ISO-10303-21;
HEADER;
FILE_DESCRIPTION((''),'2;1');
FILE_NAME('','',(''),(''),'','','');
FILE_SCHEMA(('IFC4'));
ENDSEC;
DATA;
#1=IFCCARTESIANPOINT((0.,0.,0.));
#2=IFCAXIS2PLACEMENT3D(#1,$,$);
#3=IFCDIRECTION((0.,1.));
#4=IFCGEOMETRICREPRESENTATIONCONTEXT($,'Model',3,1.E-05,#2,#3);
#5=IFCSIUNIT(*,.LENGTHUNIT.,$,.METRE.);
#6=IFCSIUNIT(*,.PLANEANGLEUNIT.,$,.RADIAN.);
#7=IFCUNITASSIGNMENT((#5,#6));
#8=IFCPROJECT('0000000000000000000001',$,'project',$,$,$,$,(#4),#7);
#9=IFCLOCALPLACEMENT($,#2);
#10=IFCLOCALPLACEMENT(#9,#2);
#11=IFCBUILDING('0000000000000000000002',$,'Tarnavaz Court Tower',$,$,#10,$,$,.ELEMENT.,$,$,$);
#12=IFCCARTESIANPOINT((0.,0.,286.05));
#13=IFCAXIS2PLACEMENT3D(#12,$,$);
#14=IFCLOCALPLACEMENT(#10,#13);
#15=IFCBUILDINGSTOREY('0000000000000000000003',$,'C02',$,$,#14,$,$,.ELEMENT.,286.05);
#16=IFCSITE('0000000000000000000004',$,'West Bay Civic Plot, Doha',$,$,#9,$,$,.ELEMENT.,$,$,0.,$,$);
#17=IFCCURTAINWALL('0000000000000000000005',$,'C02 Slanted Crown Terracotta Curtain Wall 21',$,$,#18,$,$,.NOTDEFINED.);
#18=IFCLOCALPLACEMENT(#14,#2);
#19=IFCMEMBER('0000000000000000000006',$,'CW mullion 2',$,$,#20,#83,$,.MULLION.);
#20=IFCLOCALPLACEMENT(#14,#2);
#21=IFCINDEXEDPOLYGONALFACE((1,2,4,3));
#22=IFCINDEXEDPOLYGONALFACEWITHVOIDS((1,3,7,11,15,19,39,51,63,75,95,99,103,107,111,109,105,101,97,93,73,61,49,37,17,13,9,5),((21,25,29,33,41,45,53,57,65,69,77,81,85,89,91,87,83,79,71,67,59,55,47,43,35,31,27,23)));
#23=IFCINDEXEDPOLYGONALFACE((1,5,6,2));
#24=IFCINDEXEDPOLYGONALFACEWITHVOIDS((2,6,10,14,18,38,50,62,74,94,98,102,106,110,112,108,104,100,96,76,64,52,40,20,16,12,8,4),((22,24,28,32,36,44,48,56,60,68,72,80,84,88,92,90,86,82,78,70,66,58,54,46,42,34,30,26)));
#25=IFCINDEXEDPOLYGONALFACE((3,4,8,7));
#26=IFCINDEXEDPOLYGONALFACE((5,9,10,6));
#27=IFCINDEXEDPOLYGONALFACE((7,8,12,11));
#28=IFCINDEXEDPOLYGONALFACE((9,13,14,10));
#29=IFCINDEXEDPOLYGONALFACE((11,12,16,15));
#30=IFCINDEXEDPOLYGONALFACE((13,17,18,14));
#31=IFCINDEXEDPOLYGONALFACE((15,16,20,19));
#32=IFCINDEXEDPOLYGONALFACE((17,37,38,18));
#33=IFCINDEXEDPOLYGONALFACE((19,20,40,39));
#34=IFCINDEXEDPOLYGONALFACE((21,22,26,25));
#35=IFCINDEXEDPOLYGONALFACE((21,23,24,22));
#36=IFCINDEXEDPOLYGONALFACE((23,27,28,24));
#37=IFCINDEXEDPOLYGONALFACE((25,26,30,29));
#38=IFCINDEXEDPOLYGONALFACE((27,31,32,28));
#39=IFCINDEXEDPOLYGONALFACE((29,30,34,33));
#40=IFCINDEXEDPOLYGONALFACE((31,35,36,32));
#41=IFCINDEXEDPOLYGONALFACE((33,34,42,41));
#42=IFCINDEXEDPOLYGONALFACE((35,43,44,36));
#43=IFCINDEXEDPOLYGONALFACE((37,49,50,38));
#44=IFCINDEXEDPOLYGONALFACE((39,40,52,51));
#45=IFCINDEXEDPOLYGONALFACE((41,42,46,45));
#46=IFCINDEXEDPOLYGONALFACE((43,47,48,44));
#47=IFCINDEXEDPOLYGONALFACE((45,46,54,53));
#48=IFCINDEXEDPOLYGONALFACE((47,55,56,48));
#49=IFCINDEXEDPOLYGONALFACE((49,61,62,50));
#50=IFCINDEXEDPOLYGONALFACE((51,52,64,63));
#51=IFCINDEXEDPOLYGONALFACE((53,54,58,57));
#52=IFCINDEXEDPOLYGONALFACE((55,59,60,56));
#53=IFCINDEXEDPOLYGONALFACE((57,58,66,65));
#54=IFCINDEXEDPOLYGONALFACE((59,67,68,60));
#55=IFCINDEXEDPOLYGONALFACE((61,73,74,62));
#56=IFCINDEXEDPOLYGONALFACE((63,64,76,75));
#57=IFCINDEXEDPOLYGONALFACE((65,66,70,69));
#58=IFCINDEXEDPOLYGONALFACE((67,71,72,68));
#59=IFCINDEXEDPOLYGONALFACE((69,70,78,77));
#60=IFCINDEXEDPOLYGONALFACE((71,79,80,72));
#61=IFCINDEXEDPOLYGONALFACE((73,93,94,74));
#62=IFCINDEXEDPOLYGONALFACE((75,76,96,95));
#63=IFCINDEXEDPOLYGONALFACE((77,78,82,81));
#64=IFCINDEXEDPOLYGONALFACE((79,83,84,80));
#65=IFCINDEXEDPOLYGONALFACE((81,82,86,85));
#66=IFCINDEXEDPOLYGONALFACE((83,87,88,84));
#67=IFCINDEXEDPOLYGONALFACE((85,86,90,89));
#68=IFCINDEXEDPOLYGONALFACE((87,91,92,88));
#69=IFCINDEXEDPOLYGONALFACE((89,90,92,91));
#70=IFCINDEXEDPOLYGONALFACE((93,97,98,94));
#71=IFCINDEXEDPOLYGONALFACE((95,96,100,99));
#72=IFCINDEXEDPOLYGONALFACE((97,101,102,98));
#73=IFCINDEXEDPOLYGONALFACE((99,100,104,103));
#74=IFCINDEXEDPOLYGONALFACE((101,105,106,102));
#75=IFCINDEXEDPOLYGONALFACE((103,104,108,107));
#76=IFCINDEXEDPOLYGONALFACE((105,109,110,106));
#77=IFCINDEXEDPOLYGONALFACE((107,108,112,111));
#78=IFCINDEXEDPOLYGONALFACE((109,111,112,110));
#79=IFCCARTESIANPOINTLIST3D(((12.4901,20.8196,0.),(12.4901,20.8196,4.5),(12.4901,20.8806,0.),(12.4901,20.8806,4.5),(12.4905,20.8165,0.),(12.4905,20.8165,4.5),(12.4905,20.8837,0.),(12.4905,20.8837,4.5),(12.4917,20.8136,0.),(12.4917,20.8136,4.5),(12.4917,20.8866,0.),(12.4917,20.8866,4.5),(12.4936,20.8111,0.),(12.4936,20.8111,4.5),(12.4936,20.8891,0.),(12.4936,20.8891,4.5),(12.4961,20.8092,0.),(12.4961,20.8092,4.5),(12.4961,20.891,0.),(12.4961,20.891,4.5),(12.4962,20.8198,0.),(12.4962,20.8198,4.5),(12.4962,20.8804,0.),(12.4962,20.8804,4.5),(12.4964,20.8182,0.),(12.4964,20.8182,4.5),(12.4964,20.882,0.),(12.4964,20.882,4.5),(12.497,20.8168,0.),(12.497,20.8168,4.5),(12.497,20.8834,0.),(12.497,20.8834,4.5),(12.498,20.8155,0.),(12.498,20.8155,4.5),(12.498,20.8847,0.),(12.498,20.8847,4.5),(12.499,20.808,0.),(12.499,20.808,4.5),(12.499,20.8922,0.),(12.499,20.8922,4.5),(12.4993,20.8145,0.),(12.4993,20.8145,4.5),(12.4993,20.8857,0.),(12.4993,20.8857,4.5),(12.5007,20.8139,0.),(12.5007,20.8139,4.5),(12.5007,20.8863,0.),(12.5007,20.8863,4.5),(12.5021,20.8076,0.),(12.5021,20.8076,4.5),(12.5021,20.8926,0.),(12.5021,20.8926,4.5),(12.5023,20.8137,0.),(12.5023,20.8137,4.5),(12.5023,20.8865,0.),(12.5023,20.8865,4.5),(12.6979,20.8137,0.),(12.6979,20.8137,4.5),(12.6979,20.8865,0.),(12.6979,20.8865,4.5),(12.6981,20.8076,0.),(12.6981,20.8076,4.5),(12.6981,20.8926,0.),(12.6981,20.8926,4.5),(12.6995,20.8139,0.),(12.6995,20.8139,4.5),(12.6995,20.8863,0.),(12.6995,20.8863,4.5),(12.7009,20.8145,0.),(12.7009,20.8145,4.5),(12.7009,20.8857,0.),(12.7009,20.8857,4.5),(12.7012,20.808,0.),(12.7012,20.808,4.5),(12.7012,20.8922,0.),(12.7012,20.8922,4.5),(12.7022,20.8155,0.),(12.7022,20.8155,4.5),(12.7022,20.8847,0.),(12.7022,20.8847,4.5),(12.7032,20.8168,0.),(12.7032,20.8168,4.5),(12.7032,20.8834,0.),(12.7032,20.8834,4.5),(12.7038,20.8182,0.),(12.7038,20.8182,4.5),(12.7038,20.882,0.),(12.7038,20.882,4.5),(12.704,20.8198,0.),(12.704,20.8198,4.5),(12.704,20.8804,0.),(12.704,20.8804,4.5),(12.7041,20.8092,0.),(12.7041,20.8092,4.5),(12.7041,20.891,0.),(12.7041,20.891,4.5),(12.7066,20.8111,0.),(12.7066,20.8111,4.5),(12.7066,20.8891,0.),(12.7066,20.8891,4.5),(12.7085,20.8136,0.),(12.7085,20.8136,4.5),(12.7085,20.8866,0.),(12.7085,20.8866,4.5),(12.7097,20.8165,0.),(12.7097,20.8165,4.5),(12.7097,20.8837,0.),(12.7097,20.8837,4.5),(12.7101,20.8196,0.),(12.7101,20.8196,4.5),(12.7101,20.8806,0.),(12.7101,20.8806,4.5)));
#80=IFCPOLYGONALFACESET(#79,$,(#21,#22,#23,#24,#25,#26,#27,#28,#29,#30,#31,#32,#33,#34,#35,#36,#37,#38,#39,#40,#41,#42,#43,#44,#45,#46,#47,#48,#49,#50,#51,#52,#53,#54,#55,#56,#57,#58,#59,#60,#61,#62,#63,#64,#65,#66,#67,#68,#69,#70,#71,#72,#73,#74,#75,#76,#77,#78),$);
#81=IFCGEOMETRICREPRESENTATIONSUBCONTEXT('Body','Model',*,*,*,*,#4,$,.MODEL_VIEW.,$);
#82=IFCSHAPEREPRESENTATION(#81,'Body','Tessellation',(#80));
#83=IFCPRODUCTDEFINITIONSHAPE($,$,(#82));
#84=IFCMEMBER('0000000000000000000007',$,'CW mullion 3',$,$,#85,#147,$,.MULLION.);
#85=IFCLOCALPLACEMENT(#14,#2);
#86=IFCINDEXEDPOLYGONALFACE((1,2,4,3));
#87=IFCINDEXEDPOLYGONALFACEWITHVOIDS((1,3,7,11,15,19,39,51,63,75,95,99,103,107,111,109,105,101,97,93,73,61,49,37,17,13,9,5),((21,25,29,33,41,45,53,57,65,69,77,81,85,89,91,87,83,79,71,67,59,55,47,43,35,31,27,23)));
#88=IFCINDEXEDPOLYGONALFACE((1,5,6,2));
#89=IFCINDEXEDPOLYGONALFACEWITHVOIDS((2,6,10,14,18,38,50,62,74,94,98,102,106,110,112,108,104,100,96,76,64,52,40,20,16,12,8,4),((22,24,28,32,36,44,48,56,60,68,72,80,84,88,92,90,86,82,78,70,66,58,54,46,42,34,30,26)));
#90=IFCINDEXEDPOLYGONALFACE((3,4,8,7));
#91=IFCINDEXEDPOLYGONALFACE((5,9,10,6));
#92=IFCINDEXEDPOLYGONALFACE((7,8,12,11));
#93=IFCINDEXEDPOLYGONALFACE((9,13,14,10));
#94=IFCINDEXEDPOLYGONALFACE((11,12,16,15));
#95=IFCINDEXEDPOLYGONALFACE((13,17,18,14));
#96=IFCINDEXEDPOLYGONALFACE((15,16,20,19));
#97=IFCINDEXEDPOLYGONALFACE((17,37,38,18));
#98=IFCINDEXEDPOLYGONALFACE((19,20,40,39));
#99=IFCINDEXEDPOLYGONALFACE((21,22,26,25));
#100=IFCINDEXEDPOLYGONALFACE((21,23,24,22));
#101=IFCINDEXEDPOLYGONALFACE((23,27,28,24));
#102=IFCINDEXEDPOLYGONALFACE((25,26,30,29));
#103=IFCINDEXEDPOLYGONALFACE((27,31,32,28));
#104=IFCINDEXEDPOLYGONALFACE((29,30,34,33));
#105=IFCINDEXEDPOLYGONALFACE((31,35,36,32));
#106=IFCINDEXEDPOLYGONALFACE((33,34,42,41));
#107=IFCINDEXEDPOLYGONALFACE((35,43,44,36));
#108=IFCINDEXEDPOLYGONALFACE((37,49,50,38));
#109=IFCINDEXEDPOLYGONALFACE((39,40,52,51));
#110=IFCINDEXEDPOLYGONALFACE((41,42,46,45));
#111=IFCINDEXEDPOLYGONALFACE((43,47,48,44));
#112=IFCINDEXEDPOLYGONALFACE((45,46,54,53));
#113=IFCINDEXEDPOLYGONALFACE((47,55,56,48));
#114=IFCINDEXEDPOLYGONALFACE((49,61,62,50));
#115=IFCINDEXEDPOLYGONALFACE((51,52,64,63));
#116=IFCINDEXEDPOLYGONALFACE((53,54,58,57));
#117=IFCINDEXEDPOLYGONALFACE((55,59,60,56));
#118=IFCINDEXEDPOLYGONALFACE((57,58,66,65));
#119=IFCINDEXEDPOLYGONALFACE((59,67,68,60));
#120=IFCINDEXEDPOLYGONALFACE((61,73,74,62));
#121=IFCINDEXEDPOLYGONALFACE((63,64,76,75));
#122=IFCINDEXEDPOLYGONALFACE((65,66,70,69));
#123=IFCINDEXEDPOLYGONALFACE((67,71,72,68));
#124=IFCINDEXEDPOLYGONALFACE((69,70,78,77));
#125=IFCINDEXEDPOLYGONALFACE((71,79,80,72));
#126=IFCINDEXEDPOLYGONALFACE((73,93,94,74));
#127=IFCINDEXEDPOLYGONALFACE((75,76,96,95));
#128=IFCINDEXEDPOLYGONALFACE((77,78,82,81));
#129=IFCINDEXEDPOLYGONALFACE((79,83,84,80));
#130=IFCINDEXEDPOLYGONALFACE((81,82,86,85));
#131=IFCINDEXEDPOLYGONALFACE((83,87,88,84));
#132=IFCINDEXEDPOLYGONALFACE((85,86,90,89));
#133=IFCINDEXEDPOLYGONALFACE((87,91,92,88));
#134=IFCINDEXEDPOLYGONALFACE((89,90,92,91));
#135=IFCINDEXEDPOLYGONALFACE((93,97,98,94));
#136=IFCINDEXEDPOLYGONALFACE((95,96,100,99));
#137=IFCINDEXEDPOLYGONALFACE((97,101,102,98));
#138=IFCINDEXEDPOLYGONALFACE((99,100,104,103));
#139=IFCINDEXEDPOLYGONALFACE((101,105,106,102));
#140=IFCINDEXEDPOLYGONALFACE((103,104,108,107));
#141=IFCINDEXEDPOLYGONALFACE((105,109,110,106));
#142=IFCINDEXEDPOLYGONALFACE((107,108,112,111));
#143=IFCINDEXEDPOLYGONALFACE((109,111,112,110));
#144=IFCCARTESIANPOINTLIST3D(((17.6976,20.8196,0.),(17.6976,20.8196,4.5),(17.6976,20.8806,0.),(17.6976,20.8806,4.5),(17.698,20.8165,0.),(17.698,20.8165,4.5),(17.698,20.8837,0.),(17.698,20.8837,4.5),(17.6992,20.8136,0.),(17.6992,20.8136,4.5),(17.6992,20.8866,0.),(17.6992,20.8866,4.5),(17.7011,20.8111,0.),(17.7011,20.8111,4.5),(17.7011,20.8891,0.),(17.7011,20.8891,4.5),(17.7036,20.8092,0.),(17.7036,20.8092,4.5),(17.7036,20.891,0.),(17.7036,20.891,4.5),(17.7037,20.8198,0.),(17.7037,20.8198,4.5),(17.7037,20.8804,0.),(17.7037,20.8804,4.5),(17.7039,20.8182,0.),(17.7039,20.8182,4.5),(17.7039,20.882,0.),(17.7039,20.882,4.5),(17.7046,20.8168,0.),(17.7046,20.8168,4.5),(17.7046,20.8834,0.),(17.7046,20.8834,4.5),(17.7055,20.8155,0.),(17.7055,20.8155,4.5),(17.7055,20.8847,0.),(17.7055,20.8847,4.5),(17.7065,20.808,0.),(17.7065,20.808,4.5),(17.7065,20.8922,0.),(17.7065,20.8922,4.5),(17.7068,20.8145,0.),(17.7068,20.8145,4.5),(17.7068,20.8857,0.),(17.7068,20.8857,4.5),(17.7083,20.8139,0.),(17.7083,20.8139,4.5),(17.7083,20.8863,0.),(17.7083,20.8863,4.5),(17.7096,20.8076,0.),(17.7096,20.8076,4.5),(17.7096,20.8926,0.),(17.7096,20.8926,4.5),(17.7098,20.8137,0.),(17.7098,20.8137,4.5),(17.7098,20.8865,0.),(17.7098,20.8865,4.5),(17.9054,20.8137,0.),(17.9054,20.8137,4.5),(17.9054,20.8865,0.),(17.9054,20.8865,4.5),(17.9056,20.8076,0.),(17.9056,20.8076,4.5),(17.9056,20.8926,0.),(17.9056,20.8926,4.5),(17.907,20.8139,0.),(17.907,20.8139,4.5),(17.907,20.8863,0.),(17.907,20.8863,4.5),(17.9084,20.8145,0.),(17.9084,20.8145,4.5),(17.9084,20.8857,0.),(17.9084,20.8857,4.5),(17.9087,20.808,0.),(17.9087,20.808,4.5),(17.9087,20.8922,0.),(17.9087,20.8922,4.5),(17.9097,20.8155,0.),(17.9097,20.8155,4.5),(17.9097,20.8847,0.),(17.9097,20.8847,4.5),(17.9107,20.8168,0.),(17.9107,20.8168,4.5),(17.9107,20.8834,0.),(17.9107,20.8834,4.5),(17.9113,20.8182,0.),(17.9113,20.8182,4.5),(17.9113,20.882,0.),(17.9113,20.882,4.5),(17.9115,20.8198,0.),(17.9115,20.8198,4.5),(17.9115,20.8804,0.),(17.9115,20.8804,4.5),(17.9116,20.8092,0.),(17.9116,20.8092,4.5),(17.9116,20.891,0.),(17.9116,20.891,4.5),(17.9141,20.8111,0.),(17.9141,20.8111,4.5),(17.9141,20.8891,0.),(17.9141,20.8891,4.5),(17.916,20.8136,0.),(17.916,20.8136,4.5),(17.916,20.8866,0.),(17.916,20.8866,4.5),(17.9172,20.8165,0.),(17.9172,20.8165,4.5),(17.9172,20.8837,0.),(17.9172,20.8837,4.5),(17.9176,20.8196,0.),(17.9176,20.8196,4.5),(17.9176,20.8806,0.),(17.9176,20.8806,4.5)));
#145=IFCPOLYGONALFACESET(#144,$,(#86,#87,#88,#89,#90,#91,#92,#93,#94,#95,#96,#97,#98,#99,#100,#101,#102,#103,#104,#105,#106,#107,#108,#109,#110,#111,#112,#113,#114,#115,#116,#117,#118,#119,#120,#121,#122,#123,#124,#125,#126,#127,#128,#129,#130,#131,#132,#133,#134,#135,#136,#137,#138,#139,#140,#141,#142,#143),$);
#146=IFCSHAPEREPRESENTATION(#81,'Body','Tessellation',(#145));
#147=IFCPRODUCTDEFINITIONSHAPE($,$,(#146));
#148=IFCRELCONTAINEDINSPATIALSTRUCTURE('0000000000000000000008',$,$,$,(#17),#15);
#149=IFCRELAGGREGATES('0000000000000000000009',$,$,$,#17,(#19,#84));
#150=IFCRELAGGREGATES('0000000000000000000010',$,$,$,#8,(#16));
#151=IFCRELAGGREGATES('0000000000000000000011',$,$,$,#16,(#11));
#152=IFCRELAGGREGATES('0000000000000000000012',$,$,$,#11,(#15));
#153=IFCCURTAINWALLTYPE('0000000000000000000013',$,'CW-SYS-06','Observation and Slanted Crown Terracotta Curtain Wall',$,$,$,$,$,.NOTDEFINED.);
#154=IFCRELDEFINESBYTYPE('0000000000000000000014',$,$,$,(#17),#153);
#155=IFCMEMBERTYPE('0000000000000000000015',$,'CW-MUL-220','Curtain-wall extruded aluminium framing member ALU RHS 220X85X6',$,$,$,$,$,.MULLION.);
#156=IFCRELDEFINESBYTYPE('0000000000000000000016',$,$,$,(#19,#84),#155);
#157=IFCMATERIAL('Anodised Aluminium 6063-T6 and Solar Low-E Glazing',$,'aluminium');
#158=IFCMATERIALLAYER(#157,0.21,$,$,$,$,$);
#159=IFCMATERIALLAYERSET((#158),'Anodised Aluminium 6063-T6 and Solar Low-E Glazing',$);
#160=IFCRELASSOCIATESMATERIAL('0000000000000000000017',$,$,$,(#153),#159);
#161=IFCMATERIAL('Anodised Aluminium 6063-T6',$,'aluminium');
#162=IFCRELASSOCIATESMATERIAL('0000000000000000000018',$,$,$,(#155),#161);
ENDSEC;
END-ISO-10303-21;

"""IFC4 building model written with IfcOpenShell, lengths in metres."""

from ifc_helpers import new_model, si_unit, direction, frame, origin, origin_2d, place, context, subcontext, project, spatial, hollow_rectangle, extrude, material, layer, layer_set, material_profile, profile_set, type_object, element, aggregate, save


model = new_model("IFC4")

# Units and contexts
model_context = context("Model", 3, precision=1e-05, world=origin(), true_north=direction((0.0, 1.0)))
body_context = subcontext(model_context, "Body", "Model", "MODEL_VIEW")
ifc_project = project(units=[si_unit("LENGTHUNIT", "METRE"), si_unit("PLANEANGLEUNIT", "RADIAN")], contexts=[model_context])

# Site, building, storey
site_placement = place(None, origin())
site = spatial("IfcSite", under=ifc_project, at=site_placement, Name="West Bay Civic Plot, Doha", CompositionType="ELEMENT", RefElevation=0.0)
building_placement = place(site_placement, origin())
building = spatial("IfcBuilding", under=site, at=building_placement, Name="Tarnavaz Court Tower", CompositionType="ELEMENT")
storey_placement = place(building_placement, frame((0.0, 0.0, 286.05)))
storey = spatial("IfcBuildingStorey", under=building, at=storey_placement, Name="C02", CompositionType="ELEMENT", Elevation=286.05)

# Shared definitions
ifc_material_1 = material(Name="Anodised Aluminium 6063-T6 and Solar Low-E Glazing", Category="aluminium")
ifc_layer_1 = layer(ifc_material_1, 0.21)
ifc_layer_set_1 = layer_set([ifc_layer_1], Name="Anodised Aluminium 6063-T6 and Solar Low-E Glazing")
curtain_wall_type = type_object("IfcCurtainWallType", Name="CW-SYS-06", Description="Observation and Slanted Crown Terracotta Curtain Wall", PredefinedType="NOTDEFINED", material=ifc_layer_set_1)
ifc_material_2 = material(Name="Anodised Aluminium 6063-T6", Category="aluminium")
ifc_material_profile_1 = material_profile(ifc_material_2, hollow_rectangle(XDim=0.085, YDim=0.22, WallThickness=0.0061, InnerFilletRadius=0.0061, OuterFilletRadius=0.012, at=origin_2d()), Name="ALU RHS 220X85X6")
ifc_profile_set_1 = profile_set([ifc_material_profile_1], Name="Anodised Aluminium 6063-T6")
member_type_1 = type_object("IfcMemberType", Name="CW-MUL-220", Description="Curtain-wall extruded aluminium framing member ALU RHS 220X85X6", PredefinedType="MULLION", material=ifc_profile_set_1)

# Curtain wall, members
curtain_wall_1_placement = place(storey_placement, origin())
curtain_wall_1 = element("IfcCurtainWall", 1, at=curtain_wall_1_placement, inside=storey, type_object=curtain_wall_type, Name="C02 Slanted Crown Terracotta Curtain Wall 21", PredefinedType="NOTDEFINED")
member_1_placement = place(storey_placement, frame((12.6001, 20.8501, 0.0), z_axis=(0.0, 0.0, 1.0), x_axis=(0.0, 1.0, 0.0)))
member_1 = element("IfcMember", 2, at=member_1_placement, type_object=member_type_1, Name="CW mullion 2", PredefinedType="MULLION", context=body_context, shape_type="SweptSolid", body=[
    extrude(hollow_rectangle(XDim=0.085, YDim=0.22, WallThickness=0.0061, InnerFilletRadius=0.0061, OuterFilletRadius=0.012, at=origin_2d()), origin(), (0.0, 0.0, 1.0), 4.5),
])
member_2_placement = place(storey_placement, frame((17.8076, 20.8501, 0.0), z_axis=(0.0, 0.0, 1.0), x_axis=(0.0, 1.0, 0.0)))
member_2 = element("IfcMember", 3, at=member_2_placement, type_object=member_type_1, Name="CW mullion 3", PredefinedType="MULLION", context=body_context, shape_type="SweptSolid", body=[
    extrude(hollow_rectangle(XDim=0.085, YDim=0.22, WallThickness=0.0061, InnerFilletRadius=0.0061, OuterFilletRadius=0.012, at=origin_2d()), origin(), (0.0, 0.0, 1.0), 4.5),
])

aggregate(curtain_wall_1, [member_1, member_2])

save(model, "model.ifc")
